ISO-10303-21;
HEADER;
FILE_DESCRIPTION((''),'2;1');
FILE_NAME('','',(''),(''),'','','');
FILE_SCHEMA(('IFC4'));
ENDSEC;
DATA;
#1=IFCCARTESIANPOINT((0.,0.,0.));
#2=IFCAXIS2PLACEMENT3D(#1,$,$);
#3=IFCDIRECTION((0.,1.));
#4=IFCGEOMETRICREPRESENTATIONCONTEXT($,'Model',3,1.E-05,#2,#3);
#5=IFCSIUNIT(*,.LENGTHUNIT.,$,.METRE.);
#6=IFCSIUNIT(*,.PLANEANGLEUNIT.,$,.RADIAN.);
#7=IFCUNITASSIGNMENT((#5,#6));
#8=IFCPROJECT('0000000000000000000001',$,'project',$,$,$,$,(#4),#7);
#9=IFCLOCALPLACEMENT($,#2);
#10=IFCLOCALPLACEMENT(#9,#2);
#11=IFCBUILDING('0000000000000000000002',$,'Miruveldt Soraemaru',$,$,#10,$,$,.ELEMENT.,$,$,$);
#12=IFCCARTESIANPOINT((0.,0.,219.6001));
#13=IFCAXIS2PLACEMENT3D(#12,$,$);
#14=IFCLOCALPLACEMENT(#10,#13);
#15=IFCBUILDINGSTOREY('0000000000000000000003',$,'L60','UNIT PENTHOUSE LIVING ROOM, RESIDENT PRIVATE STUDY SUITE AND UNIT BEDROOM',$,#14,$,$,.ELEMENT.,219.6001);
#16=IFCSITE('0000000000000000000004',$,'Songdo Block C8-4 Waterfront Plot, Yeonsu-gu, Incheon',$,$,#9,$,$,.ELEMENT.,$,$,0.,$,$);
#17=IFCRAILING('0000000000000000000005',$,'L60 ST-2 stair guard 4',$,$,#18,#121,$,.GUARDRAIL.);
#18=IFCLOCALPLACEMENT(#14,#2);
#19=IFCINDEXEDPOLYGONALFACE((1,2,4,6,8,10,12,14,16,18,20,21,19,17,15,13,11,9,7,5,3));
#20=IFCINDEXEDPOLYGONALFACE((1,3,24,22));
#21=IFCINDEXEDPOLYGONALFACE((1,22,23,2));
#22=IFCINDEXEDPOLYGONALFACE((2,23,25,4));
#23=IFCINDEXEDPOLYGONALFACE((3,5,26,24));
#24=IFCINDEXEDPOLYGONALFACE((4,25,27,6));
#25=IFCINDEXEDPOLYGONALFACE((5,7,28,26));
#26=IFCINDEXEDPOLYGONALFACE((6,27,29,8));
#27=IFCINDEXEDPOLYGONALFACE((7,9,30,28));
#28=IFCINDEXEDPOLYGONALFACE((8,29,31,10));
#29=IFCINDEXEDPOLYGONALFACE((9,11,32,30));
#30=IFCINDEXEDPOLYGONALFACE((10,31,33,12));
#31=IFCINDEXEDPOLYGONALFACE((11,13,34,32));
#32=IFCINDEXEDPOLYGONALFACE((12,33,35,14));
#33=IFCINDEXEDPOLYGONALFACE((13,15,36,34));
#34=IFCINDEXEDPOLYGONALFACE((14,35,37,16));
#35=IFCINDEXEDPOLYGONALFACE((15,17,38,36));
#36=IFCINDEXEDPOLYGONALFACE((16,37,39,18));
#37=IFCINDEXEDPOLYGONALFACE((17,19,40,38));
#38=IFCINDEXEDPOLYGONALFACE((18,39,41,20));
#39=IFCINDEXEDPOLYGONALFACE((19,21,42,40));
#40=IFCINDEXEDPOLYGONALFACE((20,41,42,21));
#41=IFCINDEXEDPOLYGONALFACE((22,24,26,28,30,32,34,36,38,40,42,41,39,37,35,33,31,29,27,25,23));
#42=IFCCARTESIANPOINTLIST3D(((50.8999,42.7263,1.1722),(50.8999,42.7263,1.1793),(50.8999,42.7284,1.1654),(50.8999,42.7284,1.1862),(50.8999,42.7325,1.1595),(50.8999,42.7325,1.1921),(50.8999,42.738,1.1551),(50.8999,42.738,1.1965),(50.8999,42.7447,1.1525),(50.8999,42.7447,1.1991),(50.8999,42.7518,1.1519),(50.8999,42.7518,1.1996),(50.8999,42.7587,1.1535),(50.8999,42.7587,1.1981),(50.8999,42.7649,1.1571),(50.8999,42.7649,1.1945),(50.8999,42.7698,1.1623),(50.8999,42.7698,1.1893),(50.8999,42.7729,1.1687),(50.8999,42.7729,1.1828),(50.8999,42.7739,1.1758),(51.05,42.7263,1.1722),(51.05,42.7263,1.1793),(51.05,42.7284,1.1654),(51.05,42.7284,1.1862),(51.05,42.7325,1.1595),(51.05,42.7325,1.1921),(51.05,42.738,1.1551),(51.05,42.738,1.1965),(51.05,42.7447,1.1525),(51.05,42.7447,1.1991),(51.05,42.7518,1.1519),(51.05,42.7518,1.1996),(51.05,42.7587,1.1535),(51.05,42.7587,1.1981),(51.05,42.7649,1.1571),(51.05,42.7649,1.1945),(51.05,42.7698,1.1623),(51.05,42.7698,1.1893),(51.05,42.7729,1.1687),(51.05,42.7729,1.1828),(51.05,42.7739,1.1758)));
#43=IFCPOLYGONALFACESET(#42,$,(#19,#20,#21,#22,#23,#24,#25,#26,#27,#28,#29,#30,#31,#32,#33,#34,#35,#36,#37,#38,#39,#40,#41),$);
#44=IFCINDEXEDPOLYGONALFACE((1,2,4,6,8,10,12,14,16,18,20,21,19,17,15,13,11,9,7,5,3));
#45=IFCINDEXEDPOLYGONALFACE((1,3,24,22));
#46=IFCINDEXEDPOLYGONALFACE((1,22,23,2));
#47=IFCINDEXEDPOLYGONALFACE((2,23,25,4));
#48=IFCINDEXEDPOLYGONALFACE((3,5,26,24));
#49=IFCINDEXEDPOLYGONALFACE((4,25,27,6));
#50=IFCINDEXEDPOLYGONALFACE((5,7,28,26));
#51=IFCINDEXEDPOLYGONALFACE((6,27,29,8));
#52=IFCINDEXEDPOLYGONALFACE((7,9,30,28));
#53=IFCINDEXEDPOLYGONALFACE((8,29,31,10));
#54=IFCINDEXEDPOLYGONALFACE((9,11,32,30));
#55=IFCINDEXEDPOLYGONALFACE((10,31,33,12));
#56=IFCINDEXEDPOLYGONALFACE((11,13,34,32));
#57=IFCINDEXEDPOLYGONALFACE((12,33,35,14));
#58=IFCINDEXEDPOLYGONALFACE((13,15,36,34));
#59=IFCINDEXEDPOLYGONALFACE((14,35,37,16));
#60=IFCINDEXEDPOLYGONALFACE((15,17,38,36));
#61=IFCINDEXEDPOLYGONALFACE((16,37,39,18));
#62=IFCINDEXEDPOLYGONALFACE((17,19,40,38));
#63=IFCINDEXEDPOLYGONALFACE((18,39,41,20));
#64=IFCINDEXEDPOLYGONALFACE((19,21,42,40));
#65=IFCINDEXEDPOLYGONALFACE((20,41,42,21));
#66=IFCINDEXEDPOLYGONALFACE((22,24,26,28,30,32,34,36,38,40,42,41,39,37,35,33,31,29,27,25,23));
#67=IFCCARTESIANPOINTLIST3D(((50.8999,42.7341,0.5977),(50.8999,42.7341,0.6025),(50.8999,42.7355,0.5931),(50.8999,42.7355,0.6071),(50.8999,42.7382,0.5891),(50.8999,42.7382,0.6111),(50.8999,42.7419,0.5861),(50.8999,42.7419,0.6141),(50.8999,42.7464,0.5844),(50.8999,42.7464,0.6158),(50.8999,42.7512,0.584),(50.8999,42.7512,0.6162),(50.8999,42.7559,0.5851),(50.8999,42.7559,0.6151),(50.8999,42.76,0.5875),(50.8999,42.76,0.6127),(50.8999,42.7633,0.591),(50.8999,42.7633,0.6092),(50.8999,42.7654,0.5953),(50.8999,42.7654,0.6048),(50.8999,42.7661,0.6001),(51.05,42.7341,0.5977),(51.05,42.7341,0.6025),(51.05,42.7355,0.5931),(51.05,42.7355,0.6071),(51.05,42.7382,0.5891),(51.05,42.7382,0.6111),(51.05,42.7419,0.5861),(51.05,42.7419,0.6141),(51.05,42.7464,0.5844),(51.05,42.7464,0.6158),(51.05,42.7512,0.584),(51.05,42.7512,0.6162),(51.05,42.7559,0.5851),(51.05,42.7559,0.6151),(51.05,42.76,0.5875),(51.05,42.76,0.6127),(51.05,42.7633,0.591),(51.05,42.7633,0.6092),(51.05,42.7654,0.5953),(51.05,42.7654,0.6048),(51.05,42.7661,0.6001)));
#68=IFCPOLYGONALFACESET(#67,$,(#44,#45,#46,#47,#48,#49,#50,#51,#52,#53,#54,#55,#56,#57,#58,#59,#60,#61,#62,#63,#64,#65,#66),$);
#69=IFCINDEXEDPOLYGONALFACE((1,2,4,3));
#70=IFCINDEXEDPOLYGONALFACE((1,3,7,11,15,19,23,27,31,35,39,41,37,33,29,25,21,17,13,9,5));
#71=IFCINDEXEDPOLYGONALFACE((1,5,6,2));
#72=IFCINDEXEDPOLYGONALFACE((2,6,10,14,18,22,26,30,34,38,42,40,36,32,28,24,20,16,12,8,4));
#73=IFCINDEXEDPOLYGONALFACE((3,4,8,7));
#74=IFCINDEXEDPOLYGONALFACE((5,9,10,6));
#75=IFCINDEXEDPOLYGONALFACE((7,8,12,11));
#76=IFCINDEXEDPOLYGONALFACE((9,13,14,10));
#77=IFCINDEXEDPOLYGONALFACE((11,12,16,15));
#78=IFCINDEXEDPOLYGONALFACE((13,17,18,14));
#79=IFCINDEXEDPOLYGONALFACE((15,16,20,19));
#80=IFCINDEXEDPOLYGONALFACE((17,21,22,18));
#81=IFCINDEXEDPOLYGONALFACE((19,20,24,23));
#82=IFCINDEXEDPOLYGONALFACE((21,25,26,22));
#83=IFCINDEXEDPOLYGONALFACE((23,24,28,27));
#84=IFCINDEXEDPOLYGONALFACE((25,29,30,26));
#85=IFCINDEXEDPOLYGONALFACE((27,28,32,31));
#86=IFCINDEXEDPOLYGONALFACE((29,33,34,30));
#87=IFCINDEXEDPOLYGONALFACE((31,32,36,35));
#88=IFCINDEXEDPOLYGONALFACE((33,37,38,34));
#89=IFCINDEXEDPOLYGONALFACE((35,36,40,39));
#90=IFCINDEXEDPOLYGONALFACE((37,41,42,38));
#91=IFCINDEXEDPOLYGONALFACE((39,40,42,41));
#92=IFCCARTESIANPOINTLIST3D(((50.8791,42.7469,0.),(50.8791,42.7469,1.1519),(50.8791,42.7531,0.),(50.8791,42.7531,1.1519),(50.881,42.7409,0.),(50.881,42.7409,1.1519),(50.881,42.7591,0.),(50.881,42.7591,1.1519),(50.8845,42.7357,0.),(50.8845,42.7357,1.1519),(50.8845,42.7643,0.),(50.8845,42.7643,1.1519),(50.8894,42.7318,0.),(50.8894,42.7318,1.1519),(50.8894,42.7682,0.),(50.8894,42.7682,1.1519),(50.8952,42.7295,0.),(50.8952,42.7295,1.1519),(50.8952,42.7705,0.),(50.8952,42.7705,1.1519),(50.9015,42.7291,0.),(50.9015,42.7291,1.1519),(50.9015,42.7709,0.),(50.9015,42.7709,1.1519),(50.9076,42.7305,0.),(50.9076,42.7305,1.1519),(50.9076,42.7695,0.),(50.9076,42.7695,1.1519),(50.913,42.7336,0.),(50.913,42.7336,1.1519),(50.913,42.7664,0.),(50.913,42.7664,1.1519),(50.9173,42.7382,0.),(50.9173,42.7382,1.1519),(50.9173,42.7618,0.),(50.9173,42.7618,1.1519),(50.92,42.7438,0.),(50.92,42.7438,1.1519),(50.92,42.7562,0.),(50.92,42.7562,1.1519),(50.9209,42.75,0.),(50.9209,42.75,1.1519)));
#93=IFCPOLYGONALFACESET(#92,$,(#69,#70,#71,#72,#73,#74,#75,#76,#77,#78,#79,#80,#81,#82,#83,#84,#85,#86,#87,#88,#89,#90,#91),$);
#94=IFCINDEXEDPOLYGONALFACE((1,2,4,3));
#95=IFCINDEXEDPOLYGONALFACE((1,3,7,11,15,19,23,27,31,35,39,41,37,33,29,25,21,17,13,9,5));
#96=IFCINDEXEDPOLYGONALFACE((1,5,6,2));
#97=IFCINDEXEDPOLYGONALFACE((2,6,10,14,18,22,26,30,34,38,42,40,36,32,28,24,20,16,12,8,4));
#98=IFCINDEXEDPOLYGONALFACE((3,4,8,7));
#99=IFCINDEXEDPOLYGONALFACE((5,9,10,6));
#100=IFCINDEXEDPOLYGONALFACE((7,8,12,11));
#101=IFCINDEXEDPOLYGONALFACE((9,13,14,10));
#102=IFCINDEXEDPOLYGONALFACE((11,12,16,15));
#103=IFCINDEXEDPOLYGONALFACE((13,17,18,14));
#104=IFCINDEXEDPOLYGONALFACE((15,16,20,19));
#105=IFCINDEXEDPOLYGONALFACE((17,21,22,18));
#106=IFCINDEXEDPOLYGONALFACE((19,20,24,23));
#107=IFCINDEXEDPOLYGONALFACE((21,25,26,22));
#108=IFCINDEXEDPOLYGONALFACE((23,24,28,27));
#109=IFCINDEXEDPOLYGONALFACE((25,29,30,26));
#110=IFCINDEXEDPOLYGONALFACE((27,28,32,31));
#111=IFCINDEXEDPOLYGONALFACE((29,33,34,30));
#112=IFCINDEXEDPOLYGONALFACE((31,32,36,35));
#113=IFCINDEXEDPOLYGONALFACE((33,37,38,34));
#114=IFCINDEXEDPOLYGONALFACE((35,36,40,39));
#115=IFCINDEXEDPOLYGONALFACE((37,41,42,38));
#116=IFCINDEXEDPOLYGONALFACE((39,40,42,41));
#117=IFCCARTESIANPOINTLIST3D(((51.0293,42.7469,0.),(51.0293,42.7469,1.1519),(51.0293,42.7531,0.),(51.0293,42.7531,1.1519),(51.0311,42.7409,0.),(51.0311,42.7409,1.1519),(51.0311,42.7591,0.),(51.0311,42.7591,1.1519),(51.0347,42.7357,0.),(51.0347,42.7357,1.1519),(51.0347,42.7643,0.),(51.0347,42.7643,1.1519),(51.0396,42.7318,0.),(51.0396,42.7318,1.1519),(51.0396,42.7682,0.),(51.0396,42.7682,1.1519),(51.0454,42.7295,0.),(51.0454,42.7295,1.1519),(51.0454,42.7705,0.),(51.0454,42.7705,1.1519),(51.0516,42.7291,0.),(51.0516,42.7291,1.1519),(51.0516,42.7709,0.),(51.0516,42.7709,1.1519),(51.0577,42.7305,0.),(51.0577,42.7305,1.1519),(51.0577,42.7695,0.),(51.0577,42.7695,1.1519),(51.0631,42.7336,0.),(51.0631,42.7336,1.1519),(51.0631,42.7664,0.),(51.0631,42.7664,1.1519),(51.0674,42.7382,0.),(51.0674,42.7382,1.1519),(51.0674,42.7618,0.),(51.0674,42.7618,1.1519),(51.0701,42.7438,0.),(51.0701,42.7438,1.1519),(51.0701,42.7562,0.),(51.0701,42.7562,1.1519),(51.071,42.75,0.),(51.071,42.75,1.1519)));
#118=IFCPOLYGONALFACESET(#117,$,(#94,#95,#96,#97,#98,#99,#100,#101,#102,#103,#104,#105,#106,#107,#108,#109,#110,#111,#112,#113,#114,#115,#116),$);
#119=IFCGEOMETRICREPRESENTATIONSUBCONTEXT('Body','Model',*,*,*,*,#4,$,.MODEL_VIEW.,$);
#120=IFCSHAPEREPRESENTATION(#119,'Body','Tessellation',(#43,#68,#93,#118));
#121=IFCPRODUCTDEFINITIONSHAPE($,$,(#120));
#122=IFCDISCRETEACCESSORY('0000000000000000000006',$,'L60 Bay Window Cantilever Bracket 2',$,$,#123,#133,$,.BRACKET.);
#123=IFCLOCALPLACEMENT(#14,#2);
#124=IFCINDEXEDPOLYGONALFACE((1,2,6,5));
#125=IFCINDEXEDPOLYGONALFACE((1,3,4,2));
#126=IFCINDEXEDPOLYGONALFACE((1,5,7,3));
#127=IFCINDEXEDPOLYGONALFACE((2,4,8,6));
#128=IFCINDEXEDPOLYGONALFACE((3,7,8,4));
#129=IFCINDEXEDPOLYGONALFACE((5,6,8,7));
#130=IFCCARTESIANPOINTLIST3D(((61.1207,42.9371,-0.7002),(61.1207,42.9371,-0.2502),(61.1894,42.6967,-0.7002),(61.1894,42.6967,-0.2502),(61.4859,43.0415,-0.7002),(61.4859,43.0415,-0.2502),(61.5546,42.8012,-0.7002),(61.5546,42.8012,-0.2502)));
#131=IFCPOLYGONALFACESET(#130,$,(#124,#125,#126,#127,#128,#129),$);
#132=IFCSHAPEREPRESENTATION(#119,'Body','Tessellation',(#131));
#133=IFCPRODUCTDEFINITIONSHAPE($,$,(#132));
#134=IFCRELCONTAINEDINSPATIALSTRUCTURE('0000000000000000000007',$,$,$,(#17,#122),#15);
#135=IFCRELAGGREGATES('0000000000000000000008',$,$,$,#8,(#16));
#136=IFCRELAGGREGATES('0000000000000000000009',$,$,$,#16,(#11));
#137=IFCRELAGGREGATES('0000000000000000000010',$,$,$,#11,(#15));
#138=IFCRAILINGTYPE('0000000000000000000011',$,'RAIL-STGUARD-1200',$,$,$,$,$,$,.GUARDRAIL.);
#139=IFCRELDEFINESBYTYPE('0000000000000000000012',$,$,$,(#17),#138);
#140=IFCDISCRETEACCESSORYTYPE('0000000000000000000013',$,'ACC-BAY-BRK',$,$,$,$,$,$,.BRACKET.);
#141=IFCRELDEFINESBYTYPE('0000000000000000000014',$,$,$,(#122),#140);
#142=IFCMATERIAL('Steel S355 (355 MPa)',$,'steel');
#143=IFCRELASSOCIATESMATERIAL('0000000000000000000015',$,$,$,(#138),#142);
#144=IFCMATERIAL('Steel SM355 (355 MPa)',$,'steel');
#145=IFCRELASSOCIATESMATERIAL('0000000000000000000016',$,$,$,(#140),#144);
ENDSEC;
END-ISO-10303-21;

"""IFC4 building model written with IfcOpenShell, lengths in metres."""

from ifc_helpers import new_model, si_unit, direction, frame, origin, origin_2d, place, context, subcontext, project, spatial, rectangle, circle, extrude, material, type_object, element, save


model = new_model("IFC4")

# Units and contexts
model_context = context("Model", 3, precision=1e-05, world=origin(), true_north=direction((0.0, 1.0)))
body_context = subcontext(model_context, "Body", "Model", "MODEL_VIEW")
ifc_project = project(units=[si_unit("LENGTHUNIT", "METRE"), si_unit("PLANEANGLEUNIT", "RADIAN")], contexts=[model_context])

# Site, building, storey
site_placement = place(None, origin())
site = spatial("IfcSite", under=ifc_project, at=site_placement, Name="Songdo Block C8-4 Waterfront Plot, Yeonsu-gu, Incheon", CompositionType="ELEMENT", RefElevation=0.0)
building_placement = place(site_placement, origin())
building = spatial("IfcBuilding", under=site, at=building_placement, Name="Miruveldt Soraemaru", CompositionType="ELEMENT")
storey_placement = place(building_placement, frame((0.0, 0.0, 219.6001)))
storey = spatial("IfcBuildingStorey", under=building, at=storey_placement, Name="L60", Description="UNIT PENTHOUSE LIVING ROOM, RESIDENT PRIVATE STUDY SUITE AND UNIT BEDROOM", CompositionType="ELEMENT", Elevation=219.6001)

# Railing
ifc_material_1 = material(Name="Steel S355 (355 MPa)", Category="steel")
railing_type_1 = type_object("IfcRailingType", Name="RAIL-STGUARD-1200", PredefinedType="GUARDRAIL", material=ifc_material_1)
railing_1_placement = place(storey_placement, frame((50.8999, 42.75, 0.0)))
element("IfcRailing", 1, at=railing_1_placement, inside=storey, type_object=railing_type_1, Name="L60 ST-2 stair guard 4", PredefinedType="GUARDRAIL", context=body_context, shape_type="SweptSolid", body=[
    extrude(circle(Radius=0.0239, at=origin_2d()), frame((0.0, 0.0, 1.1758), z_axis=(1.0, 0.0, 0.0), x_axis=(0.0, 1.0, 0.0)), (0.0, 0.0, 1.0), 0.1501),
    extrude(circle(Radius=0.0161, at=origin_2d()), frame((0.0, 0.0, 0.6001), z_axis=(1.0, 0.0, 0.0), x_axis=(0.0, 1.0, 0.0)), (0.0, 0.0, 1.0), 0.1501),
    extrude(circle(Radius=0.021, at=origin_2d()), origin(), (0.0, 0.0, 1.0), 1.1519),
    extrude(circle(Radius=0.021, at=origin_2d()), frame((0.1501, 0.0, 0.0)), (0.0, 0.0, 1.0), 1.1519),
])

# Discrete accessory
ifc_material_2 = material(Name="Steel SM355 (355 MPa)", Category="steel")
discrete_accessory_type = type_object("IfcDiscreteAccessoryType", Name="ACC-BAY-BRK", PredefinedType="BRACKET", material=ifc_material_2)
discrete_accessory_placement = place(storey_placement, frame((61.3376, 42.8691, -0.7002), z_axis=(0.0, 0.0, 1.0), x_axis=(0.961454, 0.274966, 0.0)))
element("IfcDiscreteAccessory", 2, at=discrete_accessory_placement, inside=storey, type_object=discrete_accessory_type, Name="L60 Bay Window Cantilever Bracket 2", PredefinedType="BRACKET", context=body_context, shape_type="SweptSolid", body=[
    extrude(rectangle(XDim=0.3799, YDim=0.25, at=origin_2d()), origin(), (0.0, 0.0, 1.0), 0.45),
])

save(model, "model.ifc")
